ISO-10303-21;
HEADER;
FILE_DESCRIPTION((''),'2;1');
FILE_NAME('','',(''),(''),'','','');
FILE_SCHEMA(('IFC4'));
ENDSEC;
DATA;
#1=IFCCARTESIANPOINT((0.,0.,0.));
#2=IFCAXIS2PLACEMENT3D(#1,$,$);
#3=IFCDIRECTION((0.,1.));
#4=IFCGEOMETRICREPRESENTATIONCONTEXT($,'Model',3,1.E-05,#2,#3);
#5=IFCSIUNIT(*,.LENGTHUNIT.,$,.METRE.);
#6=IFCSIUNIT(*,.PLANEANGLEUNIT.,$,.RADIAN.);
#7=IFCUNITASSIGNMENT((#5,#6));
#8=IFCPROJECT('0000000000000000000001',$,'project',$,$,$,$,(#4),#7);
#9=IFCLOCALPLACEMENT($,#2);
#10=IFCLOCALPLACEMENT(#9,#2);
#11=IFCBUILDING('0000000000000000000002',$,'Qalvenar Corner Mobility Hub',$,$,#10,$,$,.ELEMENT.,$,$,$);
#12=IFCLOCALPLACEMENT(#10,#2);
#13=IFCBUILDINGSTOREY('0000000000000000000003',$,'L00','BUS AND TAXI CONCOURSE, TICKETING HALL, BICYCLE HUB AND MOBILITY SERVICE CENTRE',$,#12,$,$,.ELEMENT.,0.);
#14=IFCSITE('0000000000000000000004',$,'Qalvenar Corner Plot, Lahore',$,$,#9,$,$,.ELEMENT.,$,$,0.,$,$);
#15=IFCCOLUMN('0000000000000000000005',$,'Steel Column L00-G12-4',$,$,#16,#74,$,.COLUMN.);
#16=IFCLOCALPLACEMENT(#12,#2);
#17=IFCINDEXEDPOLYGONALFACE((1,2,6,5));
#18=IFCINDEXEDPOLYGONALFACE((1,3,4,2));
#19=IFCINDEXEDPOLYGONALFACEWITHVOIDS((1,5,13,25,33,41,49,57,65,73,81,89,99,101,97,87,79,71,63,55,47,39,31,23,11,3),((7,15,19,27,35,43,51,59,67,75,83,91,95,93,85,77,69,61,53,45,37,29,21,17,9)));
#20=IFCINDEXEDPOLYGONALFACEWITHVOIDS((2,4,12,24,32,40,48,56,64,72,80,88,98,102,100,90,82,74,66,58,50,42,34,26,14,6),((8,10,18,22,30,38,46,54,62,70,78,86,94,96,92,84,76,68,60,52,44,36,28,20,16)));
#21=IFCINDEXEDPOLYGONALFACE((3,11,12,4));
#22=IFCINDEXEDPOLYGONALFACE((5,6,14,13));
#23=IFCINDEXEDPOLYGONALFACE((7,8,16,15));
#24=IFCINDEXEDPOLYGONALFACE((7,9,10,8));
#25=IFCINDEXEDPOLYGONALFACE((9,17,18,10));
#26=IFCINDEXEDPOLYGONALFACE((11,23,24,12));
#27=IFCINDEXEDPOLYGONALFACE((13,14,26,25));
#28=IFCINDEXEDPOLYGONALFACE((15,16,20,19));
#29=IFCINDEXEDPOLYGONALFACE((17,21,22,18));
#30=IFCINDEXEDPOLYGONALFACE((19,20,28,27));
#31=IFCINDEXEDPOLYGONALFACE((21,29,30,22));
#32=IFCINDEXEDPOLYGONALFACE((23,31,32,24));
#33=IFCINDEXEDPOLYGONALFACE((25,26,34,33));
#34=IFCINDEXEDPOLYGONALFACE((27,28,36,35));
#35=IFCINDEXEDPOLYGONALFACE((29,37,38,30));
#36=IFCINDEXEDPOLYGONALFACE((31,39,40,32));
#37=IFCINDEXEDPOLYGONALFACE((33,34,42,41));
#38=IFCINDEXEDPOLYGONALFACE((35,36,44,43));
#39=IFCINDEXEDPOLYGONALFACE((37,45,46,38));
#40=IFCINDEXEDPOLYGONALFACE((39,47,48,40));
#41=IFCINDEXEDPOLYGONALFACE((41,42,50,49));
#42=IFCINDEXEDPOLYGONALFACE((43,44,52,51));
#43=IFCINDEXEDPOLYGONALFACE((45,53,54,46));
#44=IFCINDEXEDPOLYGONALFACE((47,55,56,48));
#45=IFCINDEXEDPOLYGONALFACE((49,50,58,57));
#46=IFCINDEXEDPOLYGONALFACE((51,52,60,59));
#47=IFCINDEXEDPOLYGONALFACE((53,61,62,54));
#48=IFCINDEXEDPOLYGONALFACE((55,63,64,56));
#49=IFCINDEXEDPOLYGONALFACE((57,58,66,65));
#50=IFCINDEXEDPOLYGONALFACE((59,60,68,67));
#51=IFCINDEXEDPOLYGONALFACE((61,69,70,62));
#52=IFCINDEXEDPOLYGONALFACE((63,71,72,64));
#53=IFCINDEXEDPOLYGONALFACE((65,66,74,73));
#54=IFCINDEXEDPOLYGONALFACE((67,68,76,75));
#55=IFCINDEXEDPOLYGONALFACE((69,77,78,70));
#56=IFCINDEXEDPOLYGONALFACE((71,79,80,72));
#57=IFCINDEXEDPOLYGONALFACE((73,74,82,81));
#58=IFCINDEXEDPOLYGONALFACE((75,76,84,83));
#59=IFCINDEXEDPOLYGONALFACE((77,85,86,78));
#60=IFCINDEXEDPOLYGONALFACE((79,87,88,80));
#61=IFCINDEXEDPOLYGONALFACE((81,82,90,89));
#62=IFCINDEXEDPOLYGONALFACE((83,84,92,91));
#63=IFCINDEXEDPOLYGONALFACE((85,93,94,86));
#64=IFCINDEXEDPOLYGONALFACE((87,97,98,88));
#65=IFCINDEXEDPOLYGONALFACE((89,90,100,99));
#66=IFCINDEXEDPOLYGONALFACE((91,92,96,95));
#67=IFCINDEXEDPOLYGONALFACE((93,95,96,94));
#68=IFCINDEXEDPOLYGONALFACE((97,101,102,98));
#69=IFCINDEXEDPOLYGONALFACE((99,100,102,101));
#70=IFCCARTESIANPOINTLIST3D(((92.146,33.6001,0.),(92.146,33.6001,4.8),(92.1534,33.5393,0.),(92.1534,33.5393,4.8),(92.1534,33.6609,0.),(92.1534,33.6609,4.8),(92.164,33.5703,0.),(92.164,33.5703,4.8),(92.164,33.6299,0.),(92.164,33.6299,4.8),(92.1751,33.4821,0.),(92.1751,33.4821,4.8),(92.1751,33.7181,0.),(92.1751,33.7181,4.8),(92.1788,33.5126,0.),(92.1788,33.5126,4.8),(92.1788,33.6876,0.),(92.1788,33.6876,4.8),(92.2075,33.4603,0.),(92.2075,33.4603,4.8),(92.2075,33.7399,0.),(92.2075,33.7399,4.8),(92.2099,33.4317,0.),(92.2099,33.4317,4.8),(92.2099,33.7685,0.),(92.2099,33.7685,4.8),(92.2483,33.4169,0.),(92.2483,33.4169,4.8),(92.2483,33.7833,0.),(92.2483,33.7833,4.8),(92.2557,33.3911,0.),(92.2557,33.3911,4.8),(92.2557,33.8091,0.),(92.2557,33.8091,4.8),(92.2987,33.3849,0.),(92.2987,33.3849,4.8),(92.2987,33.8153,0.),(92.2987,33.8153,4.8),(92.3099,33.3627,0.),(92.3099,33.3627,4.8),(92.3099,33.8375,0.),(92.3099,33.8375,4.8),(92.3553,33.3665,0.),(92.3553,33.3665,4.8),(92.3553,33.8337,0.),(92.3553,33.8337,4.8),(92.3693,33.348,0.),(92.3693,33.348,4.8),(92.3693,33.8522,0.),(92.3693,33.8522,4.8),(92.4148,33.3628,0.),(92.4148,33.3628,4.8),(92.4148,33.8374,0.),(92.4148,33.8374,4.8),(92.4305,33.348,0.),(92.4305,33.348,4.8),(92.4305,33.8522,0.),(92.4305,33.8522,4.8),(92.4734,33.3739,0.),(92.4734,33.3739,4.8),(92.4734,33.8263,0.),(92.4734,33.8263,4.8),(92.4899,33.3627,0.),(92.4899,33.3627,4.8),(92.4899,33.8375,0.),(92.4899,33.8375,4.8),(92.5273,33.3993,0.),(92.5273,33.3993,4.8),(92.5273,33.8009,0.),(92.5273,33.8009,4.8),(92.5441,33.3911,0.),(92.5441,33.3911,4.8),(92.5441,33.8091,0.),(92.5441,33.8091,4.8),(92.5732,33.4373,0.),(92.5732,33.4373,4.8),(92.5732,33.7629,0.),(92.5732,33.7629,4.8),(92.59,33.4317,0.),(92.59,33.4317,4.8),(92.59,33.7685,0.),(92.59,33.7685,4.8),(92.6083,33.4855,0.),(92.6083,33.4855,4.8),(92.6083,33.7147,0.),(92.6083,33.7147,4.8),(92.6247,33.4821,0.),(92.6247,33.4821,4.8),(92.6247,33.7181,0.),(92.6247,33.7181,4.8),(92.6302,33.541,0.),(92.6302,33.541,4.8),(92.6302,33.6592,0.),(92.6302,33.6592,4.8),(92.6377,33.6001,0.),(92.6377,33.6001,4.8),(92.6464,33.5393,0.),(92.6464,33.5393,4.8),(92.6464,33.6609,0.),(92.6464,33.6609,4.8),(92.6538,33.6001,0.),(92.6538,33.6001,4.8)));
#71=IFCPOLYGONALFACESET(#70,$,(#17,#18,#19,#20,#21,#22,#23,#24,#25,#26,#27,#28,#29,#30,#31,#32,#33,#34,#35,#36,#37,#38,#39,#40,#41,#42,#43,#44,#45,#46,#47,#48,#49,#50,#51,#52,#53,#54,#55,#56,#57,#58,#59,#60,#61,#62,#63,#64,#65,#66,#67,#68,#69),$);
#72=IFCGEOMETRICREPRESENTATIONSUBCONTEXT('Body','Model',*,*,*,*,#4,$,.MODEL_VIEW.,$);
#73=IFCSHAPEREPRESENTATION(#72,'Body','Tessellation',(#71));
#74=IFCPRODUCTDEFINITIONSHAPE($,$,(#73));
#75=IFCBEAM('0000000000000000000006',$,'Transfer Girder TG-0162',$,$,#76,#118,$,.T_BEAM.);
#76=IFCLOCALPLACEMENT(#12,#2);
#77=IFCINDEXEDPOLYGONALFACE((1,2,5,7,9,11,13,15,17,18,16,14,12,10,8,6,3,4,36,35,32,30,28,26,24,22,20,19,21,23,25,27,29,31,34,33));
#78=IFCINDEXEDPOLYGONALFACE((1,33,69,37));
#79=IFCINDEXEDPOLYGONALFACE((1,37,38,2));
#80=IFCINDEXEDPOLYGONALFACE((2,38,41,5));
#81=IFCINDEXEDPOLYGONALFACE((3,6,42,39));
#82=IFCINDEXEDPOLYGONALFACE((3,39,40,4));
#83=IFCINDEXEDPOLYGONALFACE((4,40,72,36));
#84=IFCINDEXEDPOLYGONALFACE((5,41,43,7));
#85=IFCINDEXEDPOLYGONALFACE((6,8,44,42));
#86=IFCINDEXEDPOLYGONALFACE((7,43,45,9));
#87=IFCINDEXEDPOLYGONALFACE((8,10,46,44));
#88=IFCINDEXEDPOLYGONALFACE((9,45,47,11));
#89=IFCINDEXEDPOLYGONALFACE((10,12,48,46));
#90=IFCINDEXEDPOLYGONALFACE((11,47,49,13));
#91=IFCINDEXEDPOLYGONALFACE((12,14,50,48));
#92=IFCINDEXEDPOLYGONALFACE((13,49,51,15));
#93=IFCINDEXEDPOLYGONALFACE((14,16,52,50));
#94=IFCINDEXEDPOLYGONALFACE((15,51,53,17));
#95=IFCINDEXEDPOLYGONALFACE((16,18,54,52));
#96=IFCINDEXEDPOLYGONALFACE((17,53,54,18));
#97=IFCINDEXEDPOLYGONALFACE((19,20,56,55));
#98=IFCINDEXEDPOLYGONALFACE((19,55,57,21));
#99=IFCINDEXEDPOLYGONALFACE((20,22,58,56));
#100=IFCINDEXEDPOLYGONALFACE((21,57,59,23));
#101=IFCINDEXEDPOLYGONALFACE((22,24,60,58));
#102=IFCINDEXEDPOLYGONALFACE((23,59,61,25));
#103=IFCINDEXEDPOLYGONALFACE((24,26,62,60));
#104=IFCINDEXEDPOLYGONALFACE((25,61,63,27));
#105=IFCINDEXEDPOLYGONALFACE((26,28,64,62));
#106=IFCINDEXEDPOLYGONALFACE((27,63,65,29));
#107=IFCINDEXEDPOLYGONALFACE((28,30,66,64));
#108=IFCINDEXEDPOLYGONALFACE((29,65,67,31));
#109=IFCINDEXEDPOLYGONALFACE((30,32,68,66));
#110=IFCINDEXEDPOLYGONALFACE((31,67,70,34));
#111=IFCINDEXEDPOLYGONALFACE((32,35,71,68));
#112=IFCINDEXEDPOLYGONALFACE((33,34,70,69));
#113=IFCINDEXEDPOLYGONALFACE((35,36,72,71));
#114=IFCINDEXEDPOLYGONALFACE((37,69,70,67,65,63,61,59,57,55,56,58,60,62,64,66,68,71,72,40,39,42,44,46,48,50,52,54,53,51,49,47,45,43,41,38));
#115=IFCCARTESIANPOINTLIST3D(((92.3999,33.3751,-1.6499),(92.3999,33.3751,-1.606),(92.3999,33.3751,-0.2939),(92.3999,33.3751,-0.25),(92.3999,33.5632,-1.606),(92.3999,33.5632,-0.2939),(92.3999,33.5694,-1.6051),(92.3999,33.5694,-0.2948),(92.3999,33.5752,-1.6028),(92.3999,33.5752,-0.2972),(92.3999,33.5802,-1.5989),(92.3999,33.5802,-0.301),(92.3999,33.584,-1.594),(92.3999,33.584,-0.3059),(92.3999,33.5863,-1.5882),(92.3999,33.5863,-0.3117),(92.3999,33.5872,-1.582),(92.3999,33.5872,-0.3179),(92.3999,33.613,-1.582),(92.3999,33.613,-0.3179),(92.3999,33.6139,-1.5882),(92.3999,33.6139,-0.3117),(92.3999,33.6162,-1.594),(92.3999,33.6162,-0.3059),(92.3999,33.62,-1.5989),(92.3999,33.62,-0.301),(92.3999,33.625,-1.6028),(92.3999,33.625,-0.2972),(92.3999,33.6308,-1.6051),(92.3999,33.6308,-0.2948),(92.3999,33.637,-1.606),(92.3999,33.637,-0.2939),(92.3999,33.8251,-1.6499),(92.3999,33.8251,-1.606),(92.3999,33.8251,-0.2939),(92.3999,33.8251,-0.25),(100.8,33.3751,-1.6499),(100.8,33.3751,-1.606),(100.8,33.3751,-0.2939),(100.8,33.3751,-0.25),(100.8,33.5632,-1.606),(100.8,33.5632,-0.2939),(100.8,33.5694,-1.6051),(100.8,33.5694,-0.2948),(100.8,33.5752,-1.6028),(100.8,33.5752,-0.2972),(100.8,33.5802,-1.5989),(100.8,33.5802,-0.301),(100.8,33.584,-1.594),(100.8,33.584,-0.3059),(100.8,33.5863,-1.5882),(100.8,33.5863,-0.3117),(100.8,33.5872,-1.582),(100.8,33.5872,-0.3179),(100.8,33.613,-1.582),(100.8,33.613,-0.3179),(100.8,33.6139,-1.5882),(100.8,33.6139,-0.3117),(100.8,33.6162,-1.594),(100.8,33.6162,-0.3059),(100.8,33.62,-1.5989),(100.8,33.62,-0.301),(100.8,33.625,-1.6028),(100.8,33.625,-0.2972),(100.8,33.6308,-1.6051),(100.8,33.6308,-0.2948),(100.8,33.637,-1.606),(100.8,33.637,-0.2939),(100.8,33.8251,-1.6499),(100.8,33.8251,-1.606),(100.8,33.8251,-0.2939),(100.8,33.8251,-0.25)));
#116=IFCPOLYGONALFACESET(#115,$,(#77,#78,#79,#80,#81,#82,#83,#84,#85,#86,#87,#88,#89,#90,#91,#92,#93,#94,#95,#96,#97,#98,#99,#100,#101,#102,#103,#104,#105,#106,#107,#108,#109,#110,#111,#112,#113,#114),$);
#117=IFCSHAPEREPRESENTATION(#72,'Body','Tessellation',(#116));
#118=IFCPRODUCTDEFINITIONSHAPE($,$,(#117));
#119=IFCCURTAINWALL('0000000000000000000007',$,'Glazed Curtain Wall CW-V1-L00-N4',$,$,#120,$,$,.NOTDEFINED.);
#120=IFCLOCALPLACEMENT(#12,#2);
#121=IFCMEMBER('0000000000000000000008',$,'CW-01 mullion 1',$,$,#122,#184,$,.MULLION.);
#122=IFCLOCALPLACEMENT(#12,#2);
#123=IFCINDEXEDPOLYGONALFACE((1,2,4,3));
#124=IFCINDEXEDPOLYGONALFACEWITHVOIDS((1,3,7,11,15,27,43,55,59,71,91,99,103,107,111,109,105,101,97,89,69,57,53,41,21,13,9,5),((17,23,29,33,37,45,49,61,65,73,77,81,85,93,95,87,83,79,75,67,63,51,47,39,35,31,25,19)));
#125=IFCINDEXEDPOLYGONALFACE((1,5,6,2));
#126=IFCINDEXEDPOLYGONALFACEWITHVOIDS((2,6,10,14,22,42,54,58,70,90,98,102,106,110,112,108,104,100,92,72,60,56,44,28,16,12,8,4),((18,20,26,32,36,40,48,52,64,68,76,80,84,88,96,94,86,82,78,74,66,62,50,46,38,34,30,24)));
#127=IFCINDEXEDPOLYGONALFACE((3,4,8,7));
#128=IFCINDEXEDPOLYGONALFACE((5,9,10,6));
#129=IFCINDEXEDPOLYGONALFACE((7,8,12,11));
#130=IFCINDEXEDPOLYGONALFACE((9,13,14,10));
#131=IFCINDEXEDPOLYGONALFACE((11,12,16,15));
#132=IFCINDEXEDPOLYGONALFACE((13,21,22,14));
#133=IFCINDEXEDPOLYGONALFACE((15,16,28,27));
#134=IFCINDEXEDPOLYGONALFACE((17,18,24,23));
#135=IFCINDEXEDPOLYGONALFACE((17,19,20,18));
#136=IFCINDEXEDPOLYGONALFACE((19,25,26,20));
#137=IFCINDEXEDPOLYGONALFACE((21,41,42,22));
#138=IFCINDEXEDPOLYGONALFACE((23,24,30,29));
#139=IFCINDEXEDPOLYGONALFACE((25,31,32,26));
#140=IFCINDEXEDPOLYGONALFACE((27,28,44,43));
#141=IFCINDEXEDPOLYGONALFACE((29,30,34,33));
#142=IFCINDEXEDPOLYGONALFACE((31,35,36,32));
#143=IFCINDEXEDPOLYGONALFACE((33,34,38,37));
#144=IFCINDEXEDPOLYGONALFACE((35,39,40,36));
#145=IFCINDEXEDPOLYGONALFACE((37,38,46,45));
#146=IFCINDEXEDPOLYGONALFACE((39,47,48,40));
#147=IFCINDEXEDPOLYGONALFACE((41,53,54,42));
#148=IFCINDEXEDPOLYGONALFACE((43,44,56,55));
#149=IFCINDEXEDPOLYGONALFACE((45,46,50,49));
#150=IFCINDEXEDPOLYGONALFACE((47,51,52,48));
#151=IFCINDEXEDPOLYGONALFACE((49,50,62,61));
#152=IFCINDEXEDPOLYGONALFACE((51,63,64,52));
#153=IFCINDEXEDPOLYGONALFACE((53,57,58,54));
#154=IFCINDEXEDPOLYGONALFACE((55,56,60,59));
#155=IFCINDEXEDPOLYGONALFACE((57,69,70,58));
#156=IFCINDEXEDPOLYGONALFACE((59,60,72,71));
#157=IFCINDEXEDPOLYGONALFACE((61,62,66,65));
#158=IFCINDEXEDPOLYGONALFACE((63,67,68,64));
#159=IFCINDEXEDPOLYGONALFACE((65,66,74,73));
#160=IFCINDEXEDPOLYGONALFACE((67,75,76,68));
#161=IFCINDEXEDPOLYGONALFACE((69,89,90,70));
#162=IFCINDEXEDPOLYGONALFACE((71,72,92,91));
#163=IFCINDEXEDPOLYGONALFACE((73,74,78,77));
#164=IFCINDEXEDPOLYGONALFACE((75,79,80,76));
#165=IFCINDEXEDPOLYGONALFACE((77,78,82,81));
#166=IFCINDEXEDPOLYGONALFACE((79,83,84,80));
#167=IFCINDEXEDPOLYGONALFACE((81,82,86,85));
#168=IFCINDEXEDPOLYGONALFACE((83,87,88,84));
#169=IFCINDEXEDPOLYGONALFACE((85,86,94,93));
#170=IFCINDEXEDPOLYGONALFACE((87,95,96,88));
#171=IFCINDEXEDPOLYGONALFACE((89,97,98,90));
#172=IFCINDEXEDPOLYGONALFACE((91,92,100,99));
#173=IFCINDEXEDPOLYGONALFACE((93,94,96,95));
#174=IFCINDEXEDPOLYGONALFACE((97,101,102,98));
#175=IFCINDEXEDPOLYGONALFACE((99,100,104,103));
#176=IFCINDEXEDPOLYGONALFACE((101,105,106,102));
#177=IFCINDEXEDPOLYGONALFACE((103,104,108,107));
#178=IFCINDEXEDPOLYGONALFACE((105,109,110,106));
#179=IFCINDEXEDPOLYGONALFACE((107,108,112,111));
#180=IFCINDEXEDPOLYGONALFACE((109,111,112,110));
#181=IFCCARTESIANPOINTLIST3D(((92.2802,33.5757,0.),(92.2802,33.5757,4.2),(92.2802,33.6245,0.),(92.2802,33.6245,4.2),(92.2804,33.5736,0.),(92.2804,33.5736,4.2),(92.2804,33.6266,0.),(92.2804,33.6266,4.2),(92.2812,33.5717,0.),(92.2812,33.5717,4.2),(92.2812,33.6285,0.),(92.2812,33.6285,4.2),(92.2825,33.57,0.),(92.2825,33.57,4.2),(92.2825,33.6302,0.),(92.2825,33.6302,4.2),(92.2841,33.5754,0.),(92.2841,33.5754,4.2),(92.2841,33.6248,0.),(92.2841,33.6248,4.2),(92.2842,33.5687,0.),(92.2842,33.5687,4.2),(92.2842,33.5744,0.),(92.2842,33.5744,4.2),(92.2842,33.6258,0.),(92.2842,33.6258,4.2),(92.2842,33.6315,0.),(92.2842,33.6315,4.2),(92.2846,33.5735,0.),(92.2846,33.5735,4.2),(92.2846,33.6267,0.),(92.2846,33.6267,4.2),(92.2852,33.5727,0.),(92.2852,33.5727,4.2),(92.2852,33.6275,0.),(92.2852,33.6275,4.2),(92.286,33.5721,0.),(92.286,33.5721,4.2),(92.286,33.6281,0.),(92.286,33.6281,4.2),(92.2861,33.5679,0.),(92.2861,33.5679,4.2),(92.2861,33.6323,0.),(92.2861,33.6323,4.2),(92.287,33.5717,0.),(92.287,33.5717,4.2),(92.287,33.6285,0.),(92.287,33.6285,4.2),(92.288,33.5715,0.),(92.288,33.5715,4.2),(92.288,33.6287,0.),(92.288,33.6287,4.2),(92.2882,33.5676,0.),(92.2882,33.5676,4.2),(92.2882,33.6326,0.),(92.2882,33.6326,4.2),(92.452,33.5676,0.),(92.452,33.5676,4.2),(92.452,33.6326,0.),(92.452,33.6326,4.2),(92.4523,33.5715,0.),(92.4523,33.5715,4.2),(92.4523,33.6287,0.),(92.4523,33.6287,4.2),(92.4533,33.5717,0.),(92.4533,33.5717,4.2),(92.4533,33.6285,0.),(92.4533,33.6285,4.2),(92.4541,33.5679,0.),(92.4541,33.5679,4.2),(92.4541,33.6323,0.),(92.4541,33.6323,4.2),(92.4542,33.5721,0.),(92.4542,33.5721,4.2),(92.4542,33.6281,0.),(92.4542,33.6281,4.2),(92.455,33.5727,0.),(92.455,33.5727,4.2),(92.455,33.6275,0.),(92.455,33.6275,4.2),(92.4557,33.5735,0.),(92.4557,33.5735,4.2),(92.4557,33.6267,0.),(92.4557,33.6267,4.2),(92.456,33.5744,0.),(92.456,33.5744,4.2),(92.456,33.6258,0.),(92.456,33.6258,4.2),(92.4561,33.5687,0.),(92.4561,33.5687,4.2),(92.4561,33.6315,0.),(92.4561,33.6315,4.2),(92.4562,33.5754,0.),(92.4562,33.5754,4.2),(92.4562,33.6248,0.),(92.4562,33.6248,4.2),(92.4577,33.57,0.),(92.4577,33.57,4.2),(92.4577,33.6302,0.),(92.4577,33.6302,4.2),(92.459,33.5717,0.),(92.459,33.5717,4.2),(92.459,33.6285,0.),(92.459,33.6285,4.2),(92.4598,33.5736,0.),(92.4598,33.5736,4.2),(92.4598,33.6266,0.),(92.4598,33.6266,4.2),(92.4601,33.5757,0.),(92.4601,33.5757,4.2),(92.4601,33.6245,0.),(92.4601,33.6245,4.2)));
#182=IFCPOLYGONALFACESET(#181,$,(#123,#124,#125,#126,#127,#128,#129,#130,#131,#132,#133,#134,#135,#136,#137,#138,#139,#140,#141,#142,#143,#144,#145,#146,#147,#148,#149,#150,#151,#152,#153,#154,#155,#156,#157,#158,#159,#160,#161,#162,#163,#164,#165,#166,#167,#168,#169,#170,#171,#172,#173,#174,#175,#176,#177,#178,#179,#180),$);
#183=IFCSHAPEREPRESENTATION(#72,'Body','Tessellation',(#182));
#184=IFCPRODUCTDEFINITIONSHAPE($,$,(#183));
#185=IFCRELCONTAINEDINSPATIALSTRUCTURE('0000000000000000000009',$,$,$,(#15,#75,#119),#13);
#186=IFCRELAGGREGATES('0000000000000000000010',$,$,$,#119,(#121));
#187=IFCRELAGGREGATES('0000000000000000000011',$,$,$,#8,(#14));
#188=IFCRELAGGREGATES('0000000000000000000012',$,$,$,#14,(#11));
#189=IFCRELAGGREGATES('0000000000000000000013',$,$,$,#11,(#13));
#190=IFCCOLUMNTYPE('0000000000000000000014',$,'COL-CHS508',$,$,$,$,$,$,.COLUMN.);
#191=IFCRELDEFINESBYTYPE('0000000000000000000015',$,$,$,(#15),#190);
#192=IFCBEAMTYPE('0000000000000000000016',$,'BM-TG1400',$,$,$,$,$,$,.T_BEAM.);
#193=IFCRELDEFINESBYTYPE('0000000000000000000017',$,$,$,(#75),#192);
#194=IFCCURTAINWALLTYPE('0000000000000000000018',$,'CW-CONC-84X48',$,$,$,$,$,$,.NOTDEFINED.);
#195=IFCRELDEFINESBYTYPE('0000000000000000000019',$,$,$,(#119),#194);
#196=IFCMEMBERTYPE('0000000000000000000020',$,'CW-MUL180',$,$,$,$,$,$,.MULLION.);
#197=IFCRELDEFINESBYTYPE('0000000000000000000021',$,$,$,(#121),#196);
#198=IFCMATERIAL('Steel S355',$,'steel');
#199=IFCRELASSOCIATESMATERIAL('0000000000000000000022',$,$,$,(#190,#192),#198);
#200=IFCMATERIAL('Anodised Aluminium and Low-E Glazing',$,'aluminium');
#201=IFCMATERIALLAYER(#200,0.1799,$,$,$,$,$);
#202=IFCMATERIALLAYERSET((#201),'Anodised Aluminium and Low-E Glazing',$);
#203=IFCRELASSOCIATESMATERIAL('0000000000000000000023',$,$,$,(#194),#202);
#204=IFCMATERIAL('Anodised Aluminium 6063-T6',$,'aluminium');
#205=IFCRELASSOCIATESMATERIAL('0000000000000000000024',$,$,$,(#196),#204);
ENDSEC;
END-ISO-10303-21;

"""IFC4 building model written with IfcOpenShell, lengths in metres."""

from ifc_helpers import new_model, si_unit, direction, frame, origin, origin_2d, place, context, subcontext, project, spatial, hollow_rectangle, hollow_circle, i_section, extrude, material, layer, layer_set, material_profile, profile_set, type_object, element, aggregate, save


model = new_model("IFC4")

# Units and contexts
model_context = context("Model", 3, precision=1e-05, world=origin(), true_north=direction((0.0, 1.0)))
body_context = subcontext(model_context, "Body", "Model", "MODEL_VIEW")
ifc_project = project(units=[si_unit("LENGTHUNIT", "METRE"), si_unit("PLANEANGLEUNIT", "RADIAN")], contexts=[model_context])

# Site, building, storey
site_placement = place(None, origin())
site = spatial("IfcSite", under=ifc_project, at=site_placement, Name="Qalvenar Corner Plot, Lahore", CompositionType="ELEMENT", RefElevation=0.0)
building_placement = place(site_placement, origin())
building = spatial("IfcBuilding", under=site, at=building_placement, Name="Qalvenar Corner Mobility Hub", CompositionType="ELEMENT")
storey_placement = place(building_placement, origin())
storey = spatial("IfcBuildingStorey", under=building, at=storey_placement, Name="L00", Description="BUS AND TAXI CONCOURSE, TICKETING HALL, BICYCLE HUB AND MOBILITY SERVICE CENTRE", CompositionType="ELEMENT", Elevation=0.0)

# Column
ifc_material_1 = material(Name="Steel S355", Category="steel")
ifc_material_profile_1 = material_profile(ifc_material_1, hollow_circle(Radius=0.2539, WallThickness=0.0161, at=origin_2d()), Name="CHS508x16")
ifc_profile_set_1 = profile_set([ifc_material_profile_1], Name="Steel S355")
column_type = type_object("IfcColumnType", Name="COL-CHS508", PredefinedType="COLUMN", material=ifc_profile_set_1)
column_placement = place(storey_placement, frame((92.3999, 33.6001, 0.0), z_axis=(0.0, 0.0, 1.0), x_axis=(1.0, 0.0, 0.0)))
element("IfcColumn", 1, at=column_placement, inside=storey, type_object=column_type, Name="Steel Column L00-G12-4", PredefinedType="COLUMN", context=body_context, shape_type="SweptSolid", body=[
    extrude(hollow_circle(Radius=0.2539, WallThickness=0.0161, at=origin_2d()), origin(), (0.0, 0.0, 1.0), 4.8),
])

# Beam
ifc_material_profile_2 = material_profile(ifc_material_1, i_section(OverallWidth=0.45, OverallDepth=1.3999, WebThickness=0.0259, FlangeThickness=0.0439, FilletRadius=0.0239, at=origin_2d()), Name="W1100x499-TG1400")
ifc_profile_set_2 = profile_set([ifc_material_profile_2], Name="Steel S355")
beam_type = type_object("IfcBeamType", Name="BM-TG1400", PredefinedType="T_BEAM", material=ifc_profile_set_2)
beam_placement = place(storey_placement, frame((92.3999, 33.6001, -0.95), z_axis=(1.0, 0.0, 0.0), x_axis=(0.0, 1.0, 0.0)))
element("IfcBeam", 2, at=beam_placement, inside=storey, type_object=beam_type, Name="Transfer Girder TG-0162", PredefinedType="T_BEAM", context=body_context, shape_type="SweptSolid", body=[
    extrude(i_section(OverallWidth=0.45, OverallDepth=1.3999, WebThickness=0.0259, FlangeThickness=0.0439, FilletRadius=0.0239, at=origin_2d()), origin(), (0.0, 0.0, 1.0), 8.4001),
])

# Curtain wall, member
ifc_material_2 = material(Name="Anodised Aluminium and Low-E Glazing", Category="aluminium")
ifc_layer_1 = layer(ifc_material_2, 0.1799)
ifc_layer_set_1 = layer_set([ifc_layer_1], Name="Anodised Aluminium and Low-E Glazing")
curtain_wall_type = type_object("IfcCurtainWallType", Name="CW-CONC-84X48", PredefinedType="NOTDEFINED", material=ifc_layer_set_1)
curtain_wall_1_placement = place(storey_placement, origin())
curtain_wall_1 = element("IfcCurtainWall", 3, at=curtain_wall_1_placement, inside=storey, type_object=curtain_wall_type, Name="Glazed Curtain Wall CW-V1-L00-N4", PredefinedType="NOTDEFINED")
ifc_material_3 = material(Name="Anodised Aluminium 6063-T6", Category="aluminium")
ifc_material_profile_3 = material_profile(ifc_material_3, hollow_rectangle(XDim=0.0649, YDim=0.1799, WallThickness=0.0039, InnerFilletRadius=0.0039, OuterFilletRadius=0.0081, at=origin_2d()), Name="RHS180x65x4")
ifc_profile_set_3 = profile_set([ifc_material_profile_3], Name="Anodised Aluminium 6063-T6")
member_type_1 = type_object("IfcMemberType", Name="CW-MUL180", PredefinedType="MULLION", material=ifc_profile_set_3)
member_1_placement = place(storey_placement, frame((92.3701, 33.6001, 0.0), z_axis=(0.0, 0.0, 1.0), x_axis=(0.0, -1.0, 0.0)))
member_1 = element("IfcMember", 4, at=member_1_placement, type_object=member_type_1, Name="CW-01 mullion 1", PredefinedType="MULLION", context=body_context, shape_type="SweptSolid", body=[
    extrude(hollow_rectangle(XDim=0.0649, YDim=0.1799, WallThickness=0.0039, InnerFilletRadius=0.0039, OuterFilletRadius=0.0081, at=origin_2d()), origin(), (0.0, 0.0, 1.0), 4.2),
])

aggregate(curtain_wall_1, [member_1])

save(model, "model.ifc")
